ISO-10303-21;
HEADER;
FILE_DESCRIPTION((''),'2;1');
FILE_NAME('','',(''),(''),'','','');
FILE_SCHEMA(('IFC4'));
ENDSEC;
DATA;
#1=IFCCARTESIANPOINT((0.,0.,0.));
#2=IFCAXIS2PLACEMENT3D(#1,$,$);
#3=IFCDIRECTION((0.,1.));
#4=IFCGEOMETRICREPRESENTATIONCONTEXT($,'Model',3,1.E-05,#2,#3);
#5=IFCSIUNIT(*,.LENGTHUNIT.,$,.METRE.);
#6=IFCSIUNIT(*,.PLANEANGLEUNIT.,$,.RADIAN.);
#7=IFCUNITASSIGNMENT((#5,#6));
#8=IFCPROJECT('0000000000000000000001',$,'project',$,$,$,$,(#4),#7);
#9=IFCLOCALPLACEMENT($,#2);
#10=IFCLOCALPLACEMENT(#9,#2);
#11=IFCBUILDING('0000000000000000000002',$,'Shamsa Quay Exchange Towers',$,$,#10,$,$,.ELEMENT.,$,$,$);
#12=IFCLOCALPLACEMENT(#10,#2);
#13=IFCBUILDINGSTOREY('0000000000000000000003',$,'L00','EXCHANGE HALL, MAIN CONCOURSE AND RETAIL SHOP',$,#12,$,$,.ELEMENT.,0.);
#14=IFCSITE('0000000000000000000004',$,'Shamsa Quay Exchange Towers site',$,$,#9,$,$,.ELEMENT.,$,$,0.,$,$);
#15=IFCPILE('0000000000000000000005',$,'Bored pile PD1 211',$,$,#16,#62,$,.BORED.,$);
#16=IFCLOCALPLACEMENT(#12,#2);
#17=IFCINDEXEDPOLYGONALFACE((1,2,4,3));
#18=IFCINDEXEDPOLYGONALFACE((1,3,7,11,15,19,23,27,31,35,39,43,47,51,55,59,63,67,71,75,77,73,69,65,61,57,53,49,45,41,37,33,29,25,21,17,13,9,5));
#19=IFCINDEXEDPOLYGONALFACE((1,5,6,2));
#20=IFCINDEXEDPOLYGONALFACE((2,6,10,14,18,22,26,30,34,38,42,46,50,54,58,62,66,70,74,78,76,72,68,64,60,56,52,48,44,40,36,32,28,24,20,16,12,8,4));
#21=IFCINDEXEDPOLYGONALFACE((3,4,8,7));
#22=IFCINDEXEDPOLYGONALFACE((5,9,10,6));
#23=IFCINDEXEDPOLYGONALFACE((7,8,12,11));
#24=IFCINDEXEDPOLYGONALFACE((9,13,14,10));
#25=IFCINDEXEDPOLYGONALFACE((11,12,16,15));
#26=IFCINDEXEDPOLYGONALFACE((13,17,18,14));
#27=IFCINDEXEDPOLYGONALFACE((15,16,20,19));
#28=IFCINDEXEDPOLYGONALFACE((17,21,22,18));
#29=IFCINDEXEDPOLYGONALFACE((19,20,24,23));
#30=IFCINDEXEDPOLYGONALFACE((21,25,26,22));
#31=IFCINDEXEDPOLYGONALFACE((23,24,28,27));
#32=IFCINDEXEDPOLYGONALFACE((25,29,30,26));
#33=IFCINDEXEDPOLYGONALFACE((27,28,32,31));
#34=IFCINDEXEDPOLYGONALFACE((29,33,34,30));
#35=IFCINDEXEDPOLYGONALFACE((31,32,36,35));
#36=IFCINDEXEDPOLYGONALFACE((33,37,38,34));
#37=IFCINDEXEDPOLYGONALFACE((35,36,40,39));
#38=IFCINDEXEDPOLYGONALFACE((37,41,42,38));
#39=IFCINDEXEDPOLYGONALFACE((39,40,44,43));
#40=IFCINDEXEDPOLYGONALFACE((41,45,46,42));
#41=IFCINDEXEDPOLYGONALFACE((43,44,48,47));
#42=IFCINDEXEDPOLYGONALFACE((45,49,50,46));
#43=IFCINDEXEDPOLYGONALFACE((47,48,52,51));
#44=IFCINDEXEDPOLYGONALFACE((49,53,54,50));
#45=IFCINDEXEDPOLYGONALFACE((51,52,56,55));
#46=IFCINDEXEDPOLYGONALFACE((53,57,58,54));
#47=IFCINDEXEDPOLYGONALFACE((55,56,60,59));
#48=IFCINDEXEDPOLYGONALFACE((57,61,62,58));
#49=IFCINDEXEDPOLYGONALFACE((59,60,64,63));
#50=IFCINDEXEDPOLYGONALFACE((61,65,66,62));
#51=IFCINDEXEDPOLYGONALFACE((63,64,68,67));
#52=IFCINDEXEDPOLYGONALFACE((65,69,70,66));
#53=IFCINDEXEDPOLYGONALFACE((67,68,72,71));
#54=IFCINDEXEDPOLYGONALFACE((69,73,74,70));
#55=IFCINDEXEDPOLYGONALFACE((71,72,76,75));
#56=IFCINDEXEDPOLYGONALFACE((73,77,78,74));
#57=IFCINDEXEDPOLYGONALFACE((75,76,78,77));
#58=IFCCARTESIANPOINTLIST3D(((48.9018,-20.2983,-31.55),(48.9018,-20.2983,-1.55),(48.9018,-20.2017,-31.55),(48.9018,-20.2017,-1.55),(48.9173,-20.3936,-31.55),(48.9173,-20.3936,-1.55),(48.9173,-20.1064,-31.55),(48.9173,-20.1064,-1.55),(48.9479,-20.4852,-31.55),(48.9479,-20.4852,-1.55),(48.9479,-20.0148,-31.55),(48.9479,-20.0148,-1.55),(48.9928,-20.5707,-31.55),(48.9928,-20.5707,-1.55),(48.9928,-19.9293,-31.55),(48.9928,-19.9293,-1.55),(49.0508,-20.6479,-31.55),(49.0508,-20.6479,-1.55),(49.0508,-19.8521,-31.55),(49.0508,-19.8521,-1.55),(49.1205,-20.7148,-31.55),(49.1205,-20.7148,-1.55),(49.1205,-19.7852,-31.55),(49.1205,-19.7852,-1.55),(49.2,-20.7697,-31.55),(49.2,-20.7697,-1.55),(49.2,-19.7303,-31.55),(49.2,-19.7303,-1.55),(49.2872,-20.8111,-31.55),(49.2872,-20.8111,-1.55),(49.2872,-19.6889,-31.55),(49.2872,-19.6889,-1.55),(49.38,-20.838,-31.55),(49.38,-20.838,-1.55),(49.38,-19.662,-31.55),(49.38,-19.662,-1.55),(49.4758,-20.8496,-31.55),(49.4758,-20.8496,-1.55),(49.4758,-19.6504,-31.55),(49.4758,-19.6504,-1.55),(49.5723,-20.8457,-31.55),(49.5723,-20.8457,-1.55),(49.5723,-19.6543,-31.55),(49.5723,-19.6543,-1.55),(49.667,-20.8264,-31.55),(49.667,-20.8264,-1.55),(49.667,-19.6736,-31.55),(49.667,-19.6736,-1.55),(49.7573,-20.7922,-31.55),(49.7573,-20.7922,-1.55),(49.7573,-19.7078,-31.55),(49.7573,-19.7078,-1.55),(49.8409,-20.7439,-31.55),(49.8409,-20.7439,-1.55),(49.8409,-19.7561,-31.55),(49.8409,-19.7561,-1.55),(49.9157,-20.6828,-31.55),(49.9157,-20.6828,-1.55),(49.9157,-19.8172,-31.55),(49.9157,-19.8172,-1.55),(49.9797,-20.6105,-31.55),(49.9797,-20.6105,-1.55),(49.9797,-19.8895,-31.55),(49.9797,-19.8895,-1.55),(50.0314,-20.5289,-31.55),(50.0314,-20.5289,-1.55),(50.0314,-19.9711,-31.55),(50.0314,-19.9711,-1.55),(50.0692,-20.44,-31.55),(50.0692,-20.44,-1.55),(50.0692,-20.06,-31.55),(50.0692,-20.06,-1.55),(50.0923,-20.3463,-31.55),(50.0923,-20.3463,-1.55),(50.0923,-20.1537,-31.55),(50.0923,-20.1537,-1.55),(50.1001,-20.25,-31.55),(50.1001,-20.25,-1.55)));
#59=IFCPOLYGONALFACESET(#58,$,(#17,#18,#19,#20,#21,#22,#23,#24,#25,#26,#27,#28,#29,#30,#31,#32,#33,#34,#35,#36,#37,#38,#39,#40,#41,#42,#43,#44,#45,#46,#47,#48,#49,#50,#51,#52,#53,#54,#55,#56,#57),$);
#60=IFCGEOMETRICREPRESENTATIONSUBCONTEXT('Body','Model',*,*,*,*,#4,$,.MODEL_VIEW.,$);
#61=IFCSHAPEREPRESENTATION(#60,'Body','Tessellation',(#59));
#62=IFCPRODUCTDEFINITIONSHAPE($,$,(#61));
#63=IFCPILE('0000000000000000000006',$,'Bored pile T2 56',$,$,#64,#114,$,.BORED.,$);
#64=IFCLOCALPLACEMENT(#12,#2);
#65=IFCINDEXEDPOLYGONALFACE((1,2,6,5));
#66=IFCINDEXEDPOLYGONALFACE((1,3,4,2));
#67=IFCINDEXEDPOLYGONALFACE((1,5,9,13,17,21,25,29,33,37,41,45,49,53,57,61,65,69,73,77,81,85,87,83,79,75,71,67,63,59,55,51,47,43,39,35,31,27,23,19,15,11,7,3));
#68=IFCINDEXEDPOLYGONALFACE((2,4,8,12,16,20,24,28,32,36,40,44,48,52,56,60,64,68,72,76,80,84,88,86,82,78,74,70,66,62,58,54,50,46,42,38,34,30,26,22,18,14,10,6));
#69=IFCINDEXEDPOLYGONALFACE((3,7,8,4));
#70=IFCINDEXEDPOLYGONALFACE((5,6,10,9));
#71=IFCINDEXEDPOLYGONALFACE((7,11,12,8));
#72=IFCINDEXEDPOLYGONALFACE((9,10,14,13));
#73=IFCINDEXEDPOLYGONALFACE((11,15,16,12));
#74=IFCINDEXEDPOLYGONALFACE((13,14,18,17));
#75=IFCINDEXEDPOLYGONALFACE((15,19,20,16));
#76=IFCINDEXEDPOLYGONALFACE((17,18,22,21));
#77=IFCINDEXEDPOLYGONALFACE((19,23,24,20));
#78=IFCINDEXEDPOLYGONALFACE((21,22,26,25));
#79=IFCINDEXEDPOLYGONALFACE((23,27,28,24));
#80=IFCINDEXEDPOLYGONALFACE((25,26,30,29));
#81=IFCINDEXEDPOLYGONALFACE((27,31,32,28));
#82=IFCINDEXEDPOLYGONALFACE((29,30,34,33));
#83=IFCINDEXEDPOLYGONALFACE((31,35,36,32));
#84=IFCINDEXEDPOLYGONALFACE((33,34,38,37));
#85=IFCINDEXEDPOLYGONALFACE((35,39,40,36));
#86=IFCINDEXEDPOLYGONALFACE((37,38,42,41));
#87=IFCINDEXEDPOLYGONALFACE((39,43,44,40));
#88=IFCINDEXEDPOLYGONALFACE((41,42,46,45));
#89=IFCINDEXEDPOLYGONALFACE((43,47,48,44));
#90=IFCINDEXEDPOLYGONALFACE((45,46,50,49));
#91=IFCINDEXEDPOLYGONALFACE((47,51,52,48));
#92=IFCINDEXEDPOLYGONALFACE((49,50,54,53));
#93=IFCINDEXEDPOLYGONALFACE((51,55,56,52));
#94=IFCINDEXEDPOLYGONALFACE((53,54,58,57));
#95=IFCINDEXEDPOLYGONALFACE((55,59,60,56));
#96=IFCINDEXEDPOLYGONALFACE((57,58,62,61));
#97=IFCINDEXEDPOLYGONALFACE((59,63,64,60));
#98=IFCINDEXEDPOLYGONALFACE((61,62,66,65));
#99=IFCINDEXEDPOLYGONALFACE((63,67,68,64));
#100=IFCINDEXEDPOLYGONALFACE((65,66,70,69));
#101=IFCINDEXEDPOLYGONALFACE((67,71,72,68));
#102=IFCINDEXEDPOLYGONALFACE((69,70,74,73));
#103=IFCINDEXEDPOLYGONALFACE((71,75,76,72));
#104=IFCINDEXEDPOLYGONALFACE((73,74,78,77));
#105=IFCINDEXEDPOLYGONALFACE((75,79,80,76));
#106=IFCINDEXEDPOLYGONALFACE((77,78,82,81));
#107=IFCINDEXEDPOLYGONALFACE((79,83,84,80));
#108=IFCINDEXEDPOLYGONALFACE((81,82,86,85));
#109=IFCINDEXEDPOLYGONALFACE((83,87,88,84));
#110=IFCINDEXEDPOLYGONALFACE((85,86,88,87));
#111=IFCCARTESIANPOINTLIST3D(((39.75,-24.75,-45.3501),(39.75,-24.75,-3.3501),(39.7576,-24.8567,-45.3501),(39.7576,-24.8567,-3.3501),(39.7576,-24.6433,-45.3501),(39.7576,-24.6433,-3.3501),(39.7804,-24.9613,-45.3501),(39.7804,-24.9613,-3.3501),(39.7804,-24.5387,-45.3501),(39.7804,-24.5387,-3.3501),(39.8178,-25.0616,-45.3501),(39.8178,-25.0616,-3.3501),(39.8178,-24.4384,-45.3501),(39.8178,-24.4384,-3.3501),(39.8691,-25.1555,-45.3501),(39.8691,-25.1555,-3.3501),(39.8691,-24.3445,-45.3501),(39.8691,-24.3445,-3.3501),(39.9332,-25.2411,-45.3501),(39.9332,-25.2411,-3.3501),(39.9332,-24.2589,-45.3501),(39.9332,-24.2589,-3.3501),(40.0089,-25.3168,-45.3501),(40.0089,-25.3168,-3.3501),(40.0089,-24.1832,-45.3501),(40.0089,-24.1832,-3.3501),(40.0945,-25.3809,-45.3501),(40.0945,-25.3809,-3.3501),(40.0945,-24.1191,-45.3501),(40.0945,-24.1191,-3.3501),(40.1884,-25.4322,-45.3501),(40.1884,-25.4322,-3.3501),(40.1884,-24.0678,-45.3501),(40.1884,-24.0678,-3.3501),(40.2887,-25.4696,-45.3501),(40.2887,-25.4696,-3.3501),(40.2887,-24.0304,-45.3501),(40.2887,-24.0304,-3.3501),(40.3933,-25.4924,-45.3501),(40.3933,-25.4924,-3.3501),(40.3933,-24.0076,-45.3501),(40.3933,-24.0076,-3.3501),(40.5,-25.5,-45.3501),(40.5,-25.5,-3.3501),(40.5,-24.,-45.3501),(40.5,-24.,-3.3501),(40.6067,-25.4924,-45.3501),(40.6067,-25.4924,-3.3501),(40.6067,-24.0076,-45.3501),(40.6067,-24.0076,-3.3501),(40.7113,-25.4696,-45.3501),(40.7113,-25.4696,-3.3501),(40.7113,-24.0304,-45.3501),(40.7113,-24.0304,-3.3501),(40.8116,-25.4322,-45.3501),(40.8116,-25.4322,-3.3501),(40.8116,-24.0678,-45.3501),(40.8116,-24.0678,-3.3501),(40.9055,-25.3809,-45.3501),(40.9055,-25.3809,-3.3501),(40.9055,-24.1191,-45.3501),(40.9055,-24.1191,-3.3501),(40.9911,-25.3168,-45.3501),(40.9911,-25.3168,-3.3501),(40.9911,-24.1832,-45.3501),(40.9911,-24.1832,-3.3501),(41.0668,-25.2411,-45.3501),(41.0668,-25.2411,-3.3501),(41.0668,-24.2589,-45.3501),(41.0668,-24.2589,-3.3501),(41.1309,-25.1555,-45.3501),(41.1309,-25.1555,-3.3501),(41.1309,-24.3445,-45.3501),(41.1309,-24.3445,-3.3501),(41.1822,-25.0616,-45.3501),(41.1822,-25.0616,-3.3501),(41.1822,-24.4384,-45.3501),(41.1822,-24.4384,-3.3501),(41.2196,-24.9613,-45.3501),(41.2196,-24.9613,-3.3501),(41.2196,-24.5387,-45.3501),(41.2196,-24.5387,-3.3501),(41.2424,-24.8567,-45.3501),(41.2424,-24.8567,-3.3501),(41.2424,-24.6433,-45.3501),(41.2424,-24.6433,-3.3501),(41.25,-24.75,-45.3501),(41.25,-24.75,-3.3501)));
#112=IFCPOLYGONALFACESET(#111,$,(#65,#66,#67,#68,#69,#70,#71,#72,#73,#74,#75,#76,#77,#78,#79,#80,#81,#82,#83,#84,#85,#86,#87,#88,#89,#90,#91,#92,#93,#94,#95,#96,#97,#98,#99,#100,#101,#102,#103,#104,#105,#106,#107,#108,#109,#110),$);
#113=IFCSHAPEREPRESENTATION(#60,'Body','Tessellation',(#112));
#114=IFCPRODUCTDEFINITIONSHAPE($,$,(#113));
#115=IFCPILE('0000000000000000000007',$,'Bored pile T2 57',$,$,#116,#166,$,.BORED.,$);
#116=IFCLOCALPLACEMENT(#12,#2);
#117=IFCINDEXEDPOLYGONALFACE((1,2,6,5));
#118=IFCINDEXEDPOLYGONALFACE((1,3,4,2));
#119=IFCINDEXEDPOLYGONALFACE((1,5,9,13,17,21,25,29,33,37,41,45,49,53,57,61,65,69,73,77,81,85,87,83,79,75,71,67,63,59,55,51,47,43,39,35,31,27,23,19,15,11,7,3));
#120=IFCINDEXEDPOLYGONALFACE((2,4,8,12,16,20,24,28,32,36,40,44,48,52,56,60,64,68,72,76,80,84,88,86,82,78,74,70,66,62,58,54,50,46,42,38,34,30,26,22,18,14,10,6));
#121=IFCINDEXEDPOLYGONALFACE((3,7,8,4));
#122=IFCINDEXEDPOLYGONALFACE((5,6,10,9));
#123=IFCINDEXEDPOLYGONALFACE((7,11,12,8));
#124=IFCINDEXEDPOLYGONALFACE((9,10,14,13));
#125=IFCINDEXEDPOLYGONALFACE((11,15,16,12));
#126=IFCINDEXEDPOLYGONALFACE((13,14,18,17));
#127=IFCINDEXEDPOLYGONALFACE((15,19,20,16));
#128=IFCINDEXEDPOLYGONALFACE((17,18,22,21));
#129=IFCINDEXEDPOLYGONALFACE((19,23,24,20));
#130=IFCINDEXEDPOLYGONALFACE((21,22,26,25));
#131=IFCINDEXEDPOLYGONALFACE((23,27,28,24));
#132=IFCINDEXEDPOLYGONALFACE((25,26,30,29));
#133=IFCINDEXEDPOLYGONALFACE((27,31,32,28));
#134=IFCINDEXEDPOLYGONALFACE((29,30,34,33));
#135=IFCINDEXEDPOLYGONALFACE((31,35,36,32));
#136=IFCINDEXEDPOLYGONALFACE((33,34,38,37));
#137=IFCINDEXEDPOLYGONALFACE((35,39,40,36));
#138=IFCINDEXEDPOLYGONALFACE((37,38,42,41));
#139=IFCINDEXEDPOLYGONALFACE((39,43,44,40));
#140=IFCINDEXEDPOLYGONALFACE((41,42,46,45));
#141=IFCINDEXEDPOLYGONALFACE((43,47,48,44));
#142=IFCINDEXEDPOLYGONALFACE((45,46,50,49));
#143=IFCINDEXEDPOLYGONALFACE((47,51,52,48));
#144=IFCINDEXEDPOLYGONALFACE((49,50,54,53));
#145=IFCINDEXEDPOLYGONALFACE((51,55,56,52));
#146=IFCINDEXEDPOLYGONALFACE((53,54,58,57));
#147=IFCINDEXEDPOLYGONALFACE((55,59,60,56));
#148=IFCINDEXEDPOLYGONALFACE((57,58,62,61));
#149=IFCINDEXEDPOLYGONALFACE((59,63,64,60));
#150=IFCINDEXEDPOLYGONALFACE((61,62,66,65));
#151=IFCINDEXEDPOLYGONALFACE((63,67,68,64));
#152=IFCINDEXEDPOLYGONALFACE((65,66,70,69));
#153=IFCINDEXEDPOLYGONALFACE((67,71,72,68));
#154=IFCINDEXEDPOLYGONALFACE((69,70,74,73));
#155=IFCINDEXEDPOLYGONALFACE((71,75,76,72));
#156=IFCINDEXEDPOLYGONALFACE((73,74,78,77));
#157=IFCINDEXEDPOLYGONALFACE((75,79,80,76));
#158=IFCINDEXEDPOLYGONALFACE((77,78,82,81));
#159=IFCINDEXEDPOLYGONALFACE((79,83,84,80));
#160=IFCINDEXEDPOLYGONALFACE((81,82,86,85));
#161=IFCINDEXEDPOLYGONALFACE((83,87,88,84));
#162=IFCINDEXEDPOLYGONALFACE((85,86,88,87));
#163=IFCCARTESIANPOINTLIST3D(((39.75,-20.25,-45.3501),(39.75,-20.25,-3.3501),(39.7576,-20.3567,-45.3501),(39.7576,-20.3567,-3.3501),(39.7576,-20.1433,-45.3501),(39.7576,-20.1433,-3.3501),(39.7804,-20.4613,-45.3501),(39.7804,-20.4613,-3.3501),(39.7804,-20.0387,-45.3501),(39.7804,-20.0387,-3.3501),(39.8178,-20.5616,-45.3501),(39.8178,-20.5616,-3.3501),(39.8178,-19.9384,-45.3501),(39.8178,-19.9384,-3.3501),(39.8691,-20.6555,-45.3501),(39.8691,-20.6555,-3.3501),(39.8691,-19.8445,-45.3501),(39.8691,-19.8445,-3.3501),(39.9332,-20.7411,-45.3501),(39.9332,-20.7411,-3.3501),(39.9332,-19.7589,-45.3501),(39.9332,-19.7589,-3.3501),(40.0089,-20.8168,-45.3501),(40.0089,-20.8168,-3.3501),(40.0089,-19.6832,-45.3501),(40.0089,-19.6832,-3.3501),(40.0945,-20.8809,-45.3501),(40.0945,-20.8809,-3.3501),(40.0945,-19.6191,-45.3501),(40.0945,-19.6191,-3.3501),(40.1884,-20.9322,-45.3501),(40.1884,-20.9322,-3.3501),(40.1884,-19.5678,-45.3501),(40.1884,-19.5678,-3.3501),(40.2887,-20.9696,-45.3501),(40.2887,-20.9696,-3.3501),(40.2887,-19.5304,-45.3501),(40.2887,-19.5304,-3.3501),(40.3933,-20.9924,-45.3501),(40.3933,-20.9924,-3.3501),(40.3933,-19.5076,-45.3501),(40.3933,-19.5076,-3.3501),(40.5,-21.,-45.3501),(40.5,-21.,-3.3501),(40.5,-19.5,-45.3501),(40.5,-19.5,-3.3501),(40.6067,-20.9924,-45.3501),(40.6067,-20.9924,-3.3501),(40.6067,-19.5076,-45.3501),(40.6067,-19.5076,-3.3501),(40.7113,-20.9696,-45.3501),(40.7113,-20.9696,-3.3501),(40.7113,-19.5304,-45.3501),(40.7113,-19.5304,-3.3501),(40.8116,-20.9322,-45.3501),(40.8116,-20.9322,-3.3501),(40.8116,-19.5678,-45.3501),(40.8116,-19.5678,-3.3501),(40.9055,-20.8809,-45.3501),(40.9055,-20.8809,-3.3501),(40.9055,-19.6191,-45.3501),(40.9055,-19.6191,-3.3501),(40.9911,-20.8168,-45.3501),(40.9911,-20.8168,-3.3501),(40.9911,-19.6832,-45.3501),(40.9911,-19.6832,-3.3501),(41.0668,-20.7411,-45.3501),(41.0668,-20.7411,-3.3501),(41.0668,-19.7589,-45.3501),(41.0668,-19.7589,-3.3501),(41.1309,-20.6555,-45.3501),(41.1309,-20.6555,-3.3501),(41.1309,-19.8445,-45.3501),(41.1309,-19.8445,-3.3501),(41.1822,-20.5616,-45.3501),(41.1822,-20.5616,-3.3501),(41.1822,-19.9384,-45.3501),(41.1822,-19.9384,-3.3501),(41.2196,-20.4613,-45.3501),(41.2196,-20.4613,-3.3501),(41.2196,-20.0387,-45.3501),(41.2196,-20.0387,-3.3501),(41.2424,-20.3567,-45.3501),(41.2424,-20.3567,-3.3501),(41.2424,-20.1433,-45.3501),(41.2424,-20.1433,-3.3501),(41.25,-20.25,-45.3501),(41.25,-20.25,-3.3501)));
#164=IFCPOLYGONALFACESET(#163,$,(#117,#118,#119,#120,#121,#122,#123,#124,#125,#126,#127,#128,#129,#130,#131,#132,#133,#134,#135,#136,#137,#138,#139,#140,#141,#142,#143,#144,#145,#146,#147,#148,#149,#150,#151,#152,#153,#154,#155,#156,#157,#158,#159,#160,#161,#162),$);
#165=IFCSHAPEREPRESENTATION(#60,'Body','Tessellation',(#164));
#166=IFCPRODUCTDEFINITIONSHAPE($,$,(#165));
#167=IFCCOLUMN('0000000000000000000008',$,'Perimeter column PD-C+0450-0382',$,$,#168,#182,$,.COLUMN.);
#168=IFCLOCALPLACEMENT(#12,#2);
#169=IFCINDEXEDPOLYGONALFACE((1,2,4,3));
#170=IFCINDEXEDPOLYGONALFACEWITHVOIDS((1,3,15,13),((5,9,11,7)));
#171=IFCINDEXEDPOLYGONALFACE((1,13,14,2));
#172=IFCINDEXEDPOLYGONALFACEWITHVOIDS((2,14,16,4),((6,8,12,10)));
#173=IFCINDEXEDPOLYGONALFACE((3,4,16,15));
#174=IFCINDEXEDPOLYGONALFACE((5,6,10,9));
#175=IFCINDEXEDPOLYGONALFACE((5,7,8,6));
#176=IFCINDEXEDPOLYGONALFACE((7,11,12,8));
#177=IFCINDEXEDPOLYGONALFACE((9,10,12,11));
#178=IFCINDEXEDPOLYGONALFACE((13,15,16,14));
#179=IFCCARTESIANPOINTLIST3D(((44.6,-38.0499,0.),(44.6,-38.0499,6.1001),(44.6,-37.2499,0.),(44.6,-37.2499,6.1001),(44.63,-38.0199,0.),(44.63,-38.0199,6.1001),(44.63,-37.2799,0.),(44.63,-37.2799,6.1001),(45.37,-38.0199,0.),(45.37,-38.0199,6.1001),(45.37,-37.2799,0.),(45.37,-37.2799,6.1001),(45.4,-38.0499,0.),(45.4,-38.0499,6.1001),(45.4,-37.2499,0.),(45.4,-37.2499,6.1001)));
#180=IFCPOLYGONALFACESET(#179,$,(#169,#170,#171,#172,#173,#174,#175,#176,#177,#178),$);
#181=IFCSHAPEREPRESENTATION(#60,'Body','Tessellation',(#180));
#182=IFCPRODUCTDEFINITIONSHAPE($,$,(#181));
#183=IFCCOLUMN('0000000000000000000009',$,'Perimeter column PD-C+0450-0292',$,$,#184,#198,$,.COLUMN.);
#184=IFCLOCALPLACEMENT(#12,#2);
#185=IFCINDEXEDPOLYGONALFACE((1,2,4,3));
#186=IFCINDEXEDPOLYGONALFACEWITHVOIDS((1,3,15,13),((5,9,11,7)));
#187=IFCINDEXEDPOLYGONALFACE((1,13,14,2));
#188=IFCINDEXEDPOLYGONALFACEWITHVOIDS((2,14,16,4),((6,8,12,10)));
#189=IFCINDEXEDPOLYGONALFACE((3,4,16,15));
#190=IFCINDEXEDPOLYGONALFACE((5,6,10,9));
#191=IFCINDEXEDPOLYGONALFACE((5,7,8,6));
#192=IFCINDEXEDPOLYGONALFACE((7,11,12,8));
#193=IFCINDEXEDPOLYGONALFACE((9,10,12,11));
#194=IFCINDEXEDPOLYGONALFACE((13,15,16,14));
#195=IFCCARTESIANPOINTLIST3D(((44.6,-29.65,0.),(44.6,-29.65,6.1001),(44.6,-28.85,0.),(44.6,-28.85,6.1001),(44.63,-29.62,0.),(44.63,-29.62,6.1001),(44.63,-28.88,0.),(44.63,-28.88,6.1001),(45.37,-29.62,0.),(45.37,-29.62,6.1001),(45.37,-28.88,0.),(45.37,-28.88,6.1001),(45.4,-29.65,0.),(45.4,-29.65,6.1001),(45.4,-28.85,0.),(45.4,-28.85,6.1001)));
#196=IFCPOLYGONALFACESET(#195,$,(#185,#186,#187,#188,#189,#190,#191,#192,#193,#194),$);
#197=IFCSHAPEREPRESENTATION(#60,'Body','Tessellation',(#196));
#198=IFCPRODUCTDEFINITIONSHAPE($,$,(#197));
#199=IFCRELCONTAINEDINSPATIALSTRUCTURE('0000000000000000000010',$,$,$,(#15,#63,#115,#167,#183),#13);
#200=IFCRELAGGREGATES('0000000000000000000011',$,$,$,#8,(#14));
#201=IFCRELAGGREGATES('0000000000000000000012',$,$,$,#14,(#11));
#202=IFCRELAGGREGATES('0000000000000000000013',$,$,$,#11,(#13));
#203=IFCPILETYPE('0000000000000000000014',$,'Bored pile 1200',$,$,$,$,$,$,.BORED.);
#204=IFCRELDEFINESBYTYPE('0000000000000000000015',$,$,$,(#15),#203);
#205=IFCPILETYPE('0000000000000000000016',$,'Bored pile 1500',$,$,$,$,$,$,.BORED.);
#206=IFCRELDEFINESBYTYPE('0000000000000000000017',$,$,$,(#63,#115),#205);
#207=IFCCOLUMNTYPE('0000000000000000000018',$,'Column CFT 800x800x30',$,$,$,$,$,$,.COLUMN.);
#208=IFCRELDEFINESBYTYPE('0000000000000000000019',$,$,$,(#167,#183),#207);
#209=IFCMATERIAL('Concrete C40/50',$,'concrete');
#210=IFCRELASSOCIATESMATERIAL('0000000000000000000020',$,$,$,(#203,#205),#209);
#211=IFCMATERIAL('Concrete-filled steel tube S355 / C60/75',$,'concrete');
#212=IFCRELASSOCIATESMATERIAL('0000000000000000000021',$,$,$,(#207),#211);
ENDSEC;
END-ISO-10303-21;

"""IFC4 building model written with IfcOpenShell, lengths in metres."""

from ifc_helpers import new_model, si_unit, direction, frame, origin, origin_2d, place, context, subcontext, project, spatial, hollow_rectangle, circle, extrude, material, material_profile, profile_set, type_object, element, save


model = new_model("IFC4")

# Units and contexts
model_context = context("Model", 3, precision=1e-05, world=origin(), true_north=direction((0.0, 1.0)))
body_context = subcontext(model_context, "Body", "Model", "MODEL_VIEW")
ifc_project = project(units=[si_unit("LENGTHUNIT", "METRE"), si_unit("PLANEANGLEUNIT", "RADIAN")], contexts=[model_context])

# Site, building, storey
site_placement = place(None, origin())
site = spatial("IfcSite", under=ifc_project, at=site_placement, Name="Shamsa Quay Exchange Towers site", CompositionType="ELEMENT", RefElevation=0.0)
building_placement = place(site_placement, origin())
building = spatial("IfcBuilding", under=site, at=building_placement, Name="Shamsa Quay Exchange Towers", CompositionType="ELEMENT")
storey_placement = place(building_placement, origin())
storey = spatial("IfcBuildingStorey", under=building, at=storey_placement, Name="L00", Description="EXCHANGE HALL, MAIN CONCOURSE AND RETAIL SHOP", CompositionType="ELEMENT", Elevation=0.0)

# Piles
ifc_material_1 = material(Name="Concrete C40/50", Category="concrete")
ifc_material_profile_1 = material_profile(ifc_material_1, circle(Radius=0.6001, at=origin_2d()), Name="BP1200")
ifc_profile_set_1 = profile_set([ifc_material_profile_1], Name="Concrete C40/50")
pile_type_1 = type_object("IfcPileType", Name="Bored pile 1200", PredefinedType="BORED", material=ifc_profile_set_1)
for number, where, z_axis, x_axis, name in (
    (1, (49.5, -20.25, -1.55), (0.0, 0.0, -1.0), (1.0, 0.0, 0.0), "Bored pile PD1 211"),
):
    element("IfcPile", number, at=place(storey_placement, frame(where, z_axis=z_axis, x_axis=x_axis)), inside=storey, type_object=pile_type_1, Name=name, PredefinedType="BORED", context=body_context, shape_type="SweptSolid", body=[
        extrude(circle(Radius=0.6001, at=origin_2d()), origin(), (0.0, 0.0, 1.0), 30.0),
    ])
ifc_material_profile_2 = material_profile(ifc_material_1, circle(Radius=0.75, at=origin_2d()), Name="BP1500")
ifc_profile_set_2 = profile_set([ifc_material_profile_2], Name="Concrete C40/50")
pile_type_2 = type_object("IfcPileType", Name="Bored pile 1500", PredefinedType="BORED", material=ifc_profile_set_2)
for number, where, z_axis, x_axis, name in (
    (2, (40.5, -24.75, -3.3501), (0.0, 0.0, -1.0), (1.0, 0.0, 0.0), "Bored pile T2 56"),
    (3, (40.5, -20.25, -3.3501), (0.0, 0.0, -1.0), (1.0, 0.0, 0.0), "Bored pile T2 57"),
):
    element("IfcPile", number, at=place(storey_placement, frame(where, z_axis=z_axis, x_axis=x_axis)), inside=storey, type_object=pile_type_2, Name=name, PredefinedType="BORED", context=body_context, shape_type="SweptSolid", body=[
        extrude(circle(Radius=0.75, at=origin_2d()), origin(), (0.0, 0.0, 1.0), 42.0),
    ])

# Columns
ifc_material_2 = material(Name="Concrete-filled steel tube S355 / C60/75", Category="concrete")
ifc_material_profile_3 = material_profile(ifc_material_2, hollow_rectangle(XDim=0.8, YDim=0.8, WallThickness=0.03, at=origin_2d()), Name="CFT 800x800x30")
ifc_profile_set_3 = profile_set([ifc_material_profile_3], Name="Concrete-filled steel tube S355 / C60/75")
column_type = type_object("IfcColumnType", Name="Column CFT 800x800x30", PredefinedType="COLUMN", material=ifc_profile_set_3)
for number, where, name in (
    (4, (45.0, -37.6499, 0.0), "Perimeter column PD-C+0450-0382"),
    (5, (45.0, -29.25, 0.0), "Perimeter column PD-C+0450-0292"),
):
    element("IfcColumn", number, at=place(storey_placement, frame(where)), inside=storey, type_object=column_type, Name=name, PredefinedType="COLUMN", context=body_context, shape_type="SweptSolid", body=[
        extrude(hollow_rectangle(XDim=0.8, YDim=0.8, WallThickness=0.03, at=origin_2d()), origin(), (0.0, 0.0, 1.0), 6.1001),
    ])

save(model, "model.ifc")
